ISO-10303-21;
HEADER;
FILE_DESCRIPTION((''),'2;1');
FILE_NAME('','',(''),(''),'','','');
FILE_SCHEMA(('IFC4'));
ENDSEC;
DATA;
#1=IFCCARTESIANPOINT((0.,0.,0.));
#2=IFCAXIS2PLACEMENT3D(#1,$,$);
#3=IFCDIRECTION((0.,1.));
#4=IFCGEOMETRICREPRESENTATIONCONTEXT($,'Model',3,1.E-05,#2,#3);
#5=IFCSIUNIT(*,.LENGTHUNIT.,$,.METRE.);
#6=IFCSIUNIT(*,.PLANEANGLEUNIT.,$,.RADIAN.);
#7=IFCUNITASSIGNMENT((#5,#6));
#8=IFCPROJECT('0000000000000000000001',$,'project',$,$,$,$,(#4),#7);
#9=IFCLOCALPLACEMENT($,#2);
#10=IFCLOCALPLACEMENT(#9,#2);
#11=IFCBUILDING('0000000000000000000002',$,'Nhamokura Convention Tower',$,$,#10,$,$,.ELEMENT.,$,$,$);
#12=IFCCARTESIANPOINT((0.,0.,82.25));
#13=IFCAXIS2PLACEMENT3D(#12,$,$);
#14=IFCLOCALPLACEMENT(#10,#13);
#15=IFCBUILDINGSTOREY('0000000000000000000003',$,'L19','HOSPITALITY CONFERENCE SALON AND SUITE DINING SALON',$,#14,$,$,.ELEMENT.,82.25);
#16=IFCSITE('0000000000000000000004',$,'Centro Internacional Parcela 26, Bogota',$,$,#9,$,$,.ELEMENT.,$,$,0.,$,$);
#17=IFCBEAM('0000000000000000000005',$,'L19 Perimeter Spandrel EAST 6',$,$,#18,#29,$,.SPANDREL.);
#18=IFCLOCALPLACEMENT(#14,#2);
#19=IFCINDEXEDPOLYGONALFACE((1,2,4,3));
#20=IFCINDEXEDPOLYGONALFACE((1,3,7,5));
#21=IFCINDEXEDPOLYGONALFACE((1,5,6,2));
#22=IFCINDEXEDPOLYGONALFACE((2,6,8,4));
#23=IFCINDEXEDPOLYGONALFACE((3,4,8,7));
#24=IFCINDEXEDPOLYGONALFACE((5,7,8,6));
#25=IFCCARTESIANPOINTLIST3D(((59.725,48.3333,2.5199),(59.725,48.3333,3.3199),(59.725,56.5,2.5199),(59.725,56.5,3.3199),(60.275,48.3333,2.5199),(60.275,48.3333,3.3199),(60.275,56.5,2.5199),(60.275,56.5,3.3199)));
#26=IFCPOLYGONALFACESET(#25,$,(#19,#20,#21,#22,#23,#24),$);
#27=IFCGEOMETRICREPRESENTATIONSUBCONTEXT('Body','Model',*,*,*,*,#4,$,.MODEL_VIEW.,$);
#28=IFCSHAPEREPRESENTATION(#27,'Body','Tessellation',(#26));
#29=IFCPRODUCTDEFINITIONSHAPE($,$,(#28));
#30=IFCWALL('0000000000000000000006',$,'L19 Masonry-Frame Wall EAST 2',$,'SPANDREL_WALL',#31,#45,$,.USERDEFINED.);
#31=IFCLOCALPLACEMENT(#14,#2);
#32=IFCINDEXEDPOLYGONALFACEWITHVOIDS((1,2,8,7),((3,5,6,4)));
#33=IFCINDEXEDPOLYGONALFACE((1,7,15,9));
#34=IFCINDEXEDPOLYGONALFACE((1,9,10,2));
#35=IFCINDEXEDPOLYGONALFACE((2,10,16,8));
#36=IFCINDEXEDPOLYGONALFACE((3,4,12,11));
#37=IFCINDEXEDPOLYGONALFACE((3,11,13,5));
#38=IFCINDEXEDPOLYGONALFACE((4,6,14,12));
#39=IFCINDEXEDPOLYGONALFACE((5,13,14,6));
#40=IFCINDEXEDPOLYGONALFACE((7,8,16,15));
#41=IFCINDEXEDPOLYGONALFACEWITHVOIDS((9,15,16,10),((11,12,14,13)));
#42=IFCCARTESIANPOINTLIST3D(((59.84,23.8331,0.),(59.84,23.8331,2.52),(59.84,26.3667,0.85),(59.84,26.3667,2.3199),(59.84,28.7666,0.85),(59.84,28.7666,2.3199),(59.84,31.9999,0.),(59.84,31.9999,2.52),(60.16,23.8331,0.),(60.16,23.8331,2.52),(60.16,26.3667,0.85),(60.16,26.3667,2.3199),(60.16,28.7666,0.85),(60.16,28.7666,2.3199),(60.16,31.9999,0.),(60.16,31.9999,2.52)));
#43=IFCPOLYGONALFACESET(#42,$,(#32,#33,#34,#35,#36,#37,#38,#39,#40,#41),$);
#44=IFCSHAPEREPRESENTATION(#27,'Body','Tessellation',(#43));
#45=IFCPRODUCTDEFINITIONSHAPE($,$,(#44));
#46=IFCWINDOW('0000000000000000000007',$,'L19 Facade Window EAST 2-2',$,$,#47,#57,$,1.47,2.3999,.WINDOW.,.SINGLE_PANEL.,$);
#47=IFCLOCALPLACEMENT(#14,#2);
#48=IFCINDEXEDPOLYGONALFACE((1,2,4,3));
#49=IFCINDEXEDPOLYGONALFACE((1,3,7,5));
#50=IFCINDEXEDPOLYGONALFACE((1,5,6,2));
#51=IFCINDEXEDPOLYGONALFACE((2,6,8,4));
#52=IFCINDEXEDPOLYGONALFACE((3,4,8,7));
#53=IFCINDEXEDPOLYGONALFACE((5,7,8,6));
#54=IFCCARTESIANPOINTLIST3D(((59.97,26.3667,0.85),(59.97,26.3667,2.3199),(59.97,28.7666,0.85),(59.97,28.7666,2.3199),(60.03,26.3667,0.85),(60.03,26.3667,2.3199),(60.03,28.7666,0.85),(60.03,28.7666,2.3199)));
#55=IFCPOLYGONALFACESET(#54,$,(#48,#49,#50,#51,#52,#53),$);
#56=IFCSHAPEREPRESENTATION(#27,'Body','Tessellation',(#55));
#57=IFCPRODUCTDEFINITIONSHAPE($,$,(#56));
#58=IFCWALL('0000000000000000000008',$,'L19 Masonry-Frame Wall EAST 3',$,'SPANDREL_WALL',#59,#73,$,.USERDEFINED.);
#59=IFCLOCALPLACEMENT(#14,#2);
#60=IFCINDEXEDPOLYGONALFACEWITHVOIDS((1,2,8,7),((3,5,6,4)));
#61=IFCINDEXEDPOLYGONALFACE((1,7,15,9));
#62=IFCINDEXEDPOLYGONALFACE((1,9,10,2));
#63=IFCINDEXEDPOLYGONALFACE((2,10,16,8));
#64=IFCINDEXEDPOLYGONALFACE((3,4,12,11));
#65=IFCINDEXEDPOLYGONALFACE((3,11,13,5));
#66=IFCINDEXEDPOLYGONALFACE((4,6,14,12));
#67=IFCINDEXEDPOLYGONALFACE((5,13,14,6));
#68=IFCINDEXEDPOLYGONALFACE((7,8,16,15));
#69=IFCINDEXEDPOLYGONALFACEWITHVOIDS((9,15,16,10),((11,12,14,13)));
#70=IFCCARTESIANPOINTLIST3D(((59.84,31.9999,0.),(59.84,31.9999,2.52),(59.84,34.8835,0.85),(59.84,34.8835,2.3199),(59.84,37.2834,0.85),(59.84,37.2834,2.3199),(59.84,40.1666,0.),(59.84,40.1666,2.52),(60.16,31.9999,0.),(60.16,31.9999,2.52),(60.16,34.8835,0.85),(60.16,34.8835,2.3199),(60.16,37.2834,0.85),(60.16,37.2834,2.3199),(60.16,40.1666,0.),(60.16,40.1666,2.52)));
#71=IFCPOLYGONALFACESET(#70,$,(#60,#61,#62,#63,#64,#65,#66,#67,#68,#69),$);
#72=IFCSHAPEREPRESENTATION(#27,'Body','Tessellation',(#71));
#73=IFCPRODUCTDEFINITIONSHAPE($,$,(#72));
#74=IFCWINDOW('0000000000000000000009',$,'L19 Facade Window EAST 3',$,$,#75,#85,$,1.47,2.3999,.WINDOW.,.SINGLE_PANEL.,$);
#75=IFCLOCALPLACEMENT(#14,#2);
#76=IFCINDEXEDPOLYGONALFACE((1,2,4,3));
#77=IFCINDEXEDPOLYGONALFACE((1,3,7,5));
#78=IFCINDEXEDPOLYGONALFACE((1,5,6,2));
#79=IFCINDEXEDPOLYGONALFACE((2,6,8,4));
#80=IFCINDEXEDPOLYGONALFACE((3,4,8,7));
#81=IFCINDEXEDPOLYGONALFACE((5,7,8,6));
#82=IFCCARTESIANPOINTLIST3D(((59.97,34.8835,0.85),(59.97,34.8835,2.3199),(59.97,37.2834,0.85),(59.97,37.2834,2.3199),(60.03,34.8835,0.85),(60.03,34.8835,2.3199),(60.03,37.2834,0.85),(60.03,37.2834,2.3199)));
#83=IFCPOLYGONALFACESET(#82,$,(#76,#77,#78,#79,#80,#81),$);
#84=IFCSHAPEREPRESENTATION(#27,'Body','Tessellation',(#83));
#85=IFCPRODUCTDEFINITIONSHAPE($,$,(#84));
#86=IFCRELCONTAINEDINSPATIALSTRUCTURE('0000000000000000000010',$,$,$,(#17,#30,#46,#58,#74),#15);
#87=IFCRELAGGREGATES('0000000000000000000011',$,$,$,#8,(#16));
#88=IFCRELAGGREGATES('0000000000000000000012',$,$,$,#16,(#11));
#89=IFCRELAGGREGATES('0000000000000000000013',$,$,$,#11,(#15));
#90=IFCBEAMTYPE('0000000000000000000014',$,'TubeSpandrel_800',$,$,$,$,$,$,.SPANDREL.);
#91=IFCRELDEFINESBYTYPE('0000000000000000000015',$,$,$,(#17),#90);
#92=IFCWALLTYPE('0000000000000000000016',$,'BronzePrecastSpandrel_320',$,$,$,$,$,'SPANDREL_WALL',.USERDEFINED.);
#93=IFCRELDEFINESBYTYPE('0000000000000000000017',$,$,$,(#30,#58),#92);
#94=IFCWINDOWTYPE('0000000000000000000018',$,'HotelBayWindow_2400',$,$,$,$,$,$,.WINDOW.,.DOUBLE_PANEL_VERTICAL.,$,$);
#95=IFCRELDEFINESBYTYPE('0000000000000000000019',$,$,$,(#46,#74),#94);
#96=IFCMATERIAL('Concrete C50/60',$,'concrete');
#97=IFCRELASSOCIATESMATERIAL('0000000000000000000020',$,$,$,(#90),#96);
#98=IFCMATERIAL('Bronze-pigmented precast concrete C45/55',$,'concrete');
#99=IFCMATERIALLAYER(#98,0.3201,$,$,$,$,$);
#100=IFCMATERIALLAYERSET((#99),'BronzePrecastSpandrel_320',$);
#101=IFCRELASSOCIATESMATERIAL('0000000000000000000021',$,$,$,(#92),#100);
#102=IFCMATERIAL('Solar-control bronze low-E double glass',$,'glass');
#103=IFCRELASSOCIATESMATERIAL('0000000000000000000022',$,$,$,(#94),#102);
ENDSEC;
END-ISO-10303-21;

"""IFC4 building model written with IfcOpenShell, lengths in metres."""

from ifc_helpers import new_model, si_unit, direction, frame, frame_2d, origin, origin_2d, place, context, subcontext, project, spatial, rectangle, extrude, material, layer, layer_set, material_profile, profile_set, type_object, element, fill, save


model = new_model("IFC4")

# Units and contexts
model_context = context("Model", 3, precision=1e-05, world=origin(), true_north=direction((0.0, 1.0)))
body_context = subcontext(model_context, "Body", "Model", "MODEL_VIEW")
ifc_project = project(units=[si_unit("LENGTHUNIT", "METRE"), si_unit("PLANEANGLEUNIT", "RADIAN")], contexts=[model_context])

# Site, building, storey
site_placement = place(None, origin())
site = spatial("IfcSite", under=ifc_project, at=site_placement, Name="Centro Internacional Parcela 26, Bogota", CompositionType="ELEMENT", RefElevation=0.0)
building_placement = place(site_placement, origin())
building = spatial("IfcBuilding", under=site, at=building_placement, Name="Nhamokura Convention Tower", CompositionType="ELEMENT")
storey_placement = place(building_placement, frame((0.0, 0.0, 82.25)))
storey = spatial("IfcBuildingStorey", under=building, at=storey_placement, Name="L19", Description="HOSPITALITY CONFERENCE SALON AND SUITE DINING SALON", CompositionType="ELEMENT", Elevation=82.25)

# Beam
ifc_material_1 = material(Name="Concrete C50/60", Category="concrete")
ifc_material_profile_1 = material_profile(ifc_material_1, rectangle(XDim=0.55, YDim=0.8, at=origin_2d()))
ifc_profile_set_1 = profile_set([ifc_material_profile_1], Name="Concrete C50/60")
beam_type_1 = type_object("IfcBeamType", Name="TubeSpandrel_800", PredefinedType="SPANDREL", material=ifc_profile_set_1)
beam_1_placement = place(storey_placement, frame((60.0, 48.3333, 2.9199), z_axis=(0.0, 1.0, 0.0), x_axis=(-1.0, 0.0, 0.0)))
element("IfcBeam", 1, at=beam_1_placement, inside=storey, type_object=beam_type_1, Name="L19 Perimeter Spandrel EAST 6", PredefinedType="SPANDREL", context=body_context, shape_type="SweptSolid", body=[
    extrude(rectangle(XDim=0.55, YDim=0.8, at=origin_2d()), origin(), (0.0, 0.0, 1.0), 8.1667),
])

# Walls, openings, windows
ifc_material_2 = material(Name="Bronze-pigmented precast concrete C45/55", Category="concrete")
ifc_layer = layer(ifc_material_2, 0.3201)
ifc_layer_set = layer_set([ifc_layer], Name="BronzePrecastSpandrel_320")
wall_type = type_object("IfcWallType", Name="BronzePrecastSpandrel_320", ElementType="SPANDREL_WALL", PredefinedType="USERDEFINED", material=ifc_layer_set)
wall_1_placement = place(storey_placement, frame((60.0, 32.0, 0.0), z_axis=(0.0, 0.0, 1.0), x_axis=(0.0, -1.0, 0.0)))
wall_1 = element("IfcWall", 2, at=wall_1_placement, inside=storey, type_object=wall_type, Name="L19 Masonry-Frame Wall EAST 2", ObjectType="SPANDREL_WALL", PredefinedType="USERDEFINED", context=body_context, shape_type="SweptSolid", body=[
    extrude(rectangle(XDim=8.1667, YDim=0.3201, at=frame_2d((4.0835, 0.0))), origin(), (0.0, 0.0, 1.0), 2.52),
])
opening_1_placement = place(wall_1_placement, frame((3.2334, 0.0, 0.8501)))
opening_1 = element("IfcOpeningElement", 3, at=opening_1_placement, cuts=wall_1, PredefinedType="OPENING", context=body_context, shape_type="SweptSolid", body=[
    extrude(rectangle(XDim=2.3999, YDim=1.47, at=frame_2d((1.2, 0.7349))), frame((0.0, 0.1699, 0.0), z_axis=(0.0, -1.0, 0.0), x_axis=(1.0, 0.0, 0.0)), (0.0, 0.0, 1.0), 0.3401),
])
ifc_material_3 = material(Name="Solar-control bronze low-E double glass", Category="glass")
window_type = type_object("IfcWindowType", Name="HotelBayWindow_2400", PartitioningType="DOUBLE_PANEL_VERTICAL", PredefinedType="WINDOW", material=ifc_material_3)
window_1_placement = place(opening_1_placement, origin())
window_1 = element("IfcWindow", 4, at=window_1_placement, inside=storey, type_object=window_type, Name="L19 Facade Window EAST 2-2", OverallHeight=1.47, OverallWidth=2.3999, PartitioningType="SINGLE_PANEL", PredefinedType="WINDOW", context=body_context, shape_type="SweptSolid", body=[
    extrude(rectangle(XDim=2.3999, YDim=1.47, at=frame_2d((1.2, 0.7349))), frame((0.0, 0.03, 0.0), z_axis=(0.0, -1.0, 0.0), x_axis=(1.0, 0.0, 0.0)), (0.0, 0.0, 1.0), 0.0601),
])
fill(opening_1, window_1)
wall_2_placement = place(storey_placement, frame((60.0, 40.1667, 0.0), z_axis=(0.0, 0.0, 1.0), x_axis=(0.0, -1.0, 0.0)))
wall_2 = element("IfcWall", 5, at=wall_2_placement, inside=storey, type_object=wall_type, Name="L19 Masonry-Frame Wall EAST 3", ObjectType="SPANDREL_WALL", PredefinedType="USERDEFINED", context=body_context, shape_type="SweptSolid", body=[
    extrude(rectangle(XDim=8.1667, YDim=0.3201, at=frame_2d((4.0835, 0.0))), origin(), (0.0, 0.0, 1.0), 2.52),
])
opening_2_placement = place(wall_2_placement, frame((2.8833, 0.0, 0.8501)))
opening_2 = element("IfcOpeningElement", 6, at=opening_2_placement, cuts=wall_2, PredefinedType="OPENING", context=body_context, shape_type="SweptSolid", body=[
    extrude(rectangle(XDim=2.3999, YDim=1.47, at=frame_2d((1.2, 0.7349))), frame((0.0, 0.1699, 0.0), z_axis=(0.0, -1.0, 0.0), x_axis=(1.0, 0.0, 0.0)), (0.0, 0.0, 1.0), 0.3401),
])
window_2_placement = place(opening_2_placement, origin())
window_2 = element("IfcWindow", 7, at=window_2_placement, inside=storey, type_object=window_type, Name="L19 Facade Window EAST 3", OverallHeight=1.47, OverallWidth=2.3999, PartitioningType="SINGLE_PANEL", PredefinedType="WINDOW", context=body_context, shape_type="SweptSolid", body=[
    extrude(rectangle(XDim=2.3999, YDim=1.47, at=frame_2d((1.2, 0.7349))), frame((0.0, 0.03, 0.0), z_axis=(0.0, -1.0, 0.0), x_axis=(1.0, 0.0, 0.0)), (0.0, 0.0, 1.0), 0.0601),
])
fill(opening_2, window_2)

save(model, "model.ifc")
